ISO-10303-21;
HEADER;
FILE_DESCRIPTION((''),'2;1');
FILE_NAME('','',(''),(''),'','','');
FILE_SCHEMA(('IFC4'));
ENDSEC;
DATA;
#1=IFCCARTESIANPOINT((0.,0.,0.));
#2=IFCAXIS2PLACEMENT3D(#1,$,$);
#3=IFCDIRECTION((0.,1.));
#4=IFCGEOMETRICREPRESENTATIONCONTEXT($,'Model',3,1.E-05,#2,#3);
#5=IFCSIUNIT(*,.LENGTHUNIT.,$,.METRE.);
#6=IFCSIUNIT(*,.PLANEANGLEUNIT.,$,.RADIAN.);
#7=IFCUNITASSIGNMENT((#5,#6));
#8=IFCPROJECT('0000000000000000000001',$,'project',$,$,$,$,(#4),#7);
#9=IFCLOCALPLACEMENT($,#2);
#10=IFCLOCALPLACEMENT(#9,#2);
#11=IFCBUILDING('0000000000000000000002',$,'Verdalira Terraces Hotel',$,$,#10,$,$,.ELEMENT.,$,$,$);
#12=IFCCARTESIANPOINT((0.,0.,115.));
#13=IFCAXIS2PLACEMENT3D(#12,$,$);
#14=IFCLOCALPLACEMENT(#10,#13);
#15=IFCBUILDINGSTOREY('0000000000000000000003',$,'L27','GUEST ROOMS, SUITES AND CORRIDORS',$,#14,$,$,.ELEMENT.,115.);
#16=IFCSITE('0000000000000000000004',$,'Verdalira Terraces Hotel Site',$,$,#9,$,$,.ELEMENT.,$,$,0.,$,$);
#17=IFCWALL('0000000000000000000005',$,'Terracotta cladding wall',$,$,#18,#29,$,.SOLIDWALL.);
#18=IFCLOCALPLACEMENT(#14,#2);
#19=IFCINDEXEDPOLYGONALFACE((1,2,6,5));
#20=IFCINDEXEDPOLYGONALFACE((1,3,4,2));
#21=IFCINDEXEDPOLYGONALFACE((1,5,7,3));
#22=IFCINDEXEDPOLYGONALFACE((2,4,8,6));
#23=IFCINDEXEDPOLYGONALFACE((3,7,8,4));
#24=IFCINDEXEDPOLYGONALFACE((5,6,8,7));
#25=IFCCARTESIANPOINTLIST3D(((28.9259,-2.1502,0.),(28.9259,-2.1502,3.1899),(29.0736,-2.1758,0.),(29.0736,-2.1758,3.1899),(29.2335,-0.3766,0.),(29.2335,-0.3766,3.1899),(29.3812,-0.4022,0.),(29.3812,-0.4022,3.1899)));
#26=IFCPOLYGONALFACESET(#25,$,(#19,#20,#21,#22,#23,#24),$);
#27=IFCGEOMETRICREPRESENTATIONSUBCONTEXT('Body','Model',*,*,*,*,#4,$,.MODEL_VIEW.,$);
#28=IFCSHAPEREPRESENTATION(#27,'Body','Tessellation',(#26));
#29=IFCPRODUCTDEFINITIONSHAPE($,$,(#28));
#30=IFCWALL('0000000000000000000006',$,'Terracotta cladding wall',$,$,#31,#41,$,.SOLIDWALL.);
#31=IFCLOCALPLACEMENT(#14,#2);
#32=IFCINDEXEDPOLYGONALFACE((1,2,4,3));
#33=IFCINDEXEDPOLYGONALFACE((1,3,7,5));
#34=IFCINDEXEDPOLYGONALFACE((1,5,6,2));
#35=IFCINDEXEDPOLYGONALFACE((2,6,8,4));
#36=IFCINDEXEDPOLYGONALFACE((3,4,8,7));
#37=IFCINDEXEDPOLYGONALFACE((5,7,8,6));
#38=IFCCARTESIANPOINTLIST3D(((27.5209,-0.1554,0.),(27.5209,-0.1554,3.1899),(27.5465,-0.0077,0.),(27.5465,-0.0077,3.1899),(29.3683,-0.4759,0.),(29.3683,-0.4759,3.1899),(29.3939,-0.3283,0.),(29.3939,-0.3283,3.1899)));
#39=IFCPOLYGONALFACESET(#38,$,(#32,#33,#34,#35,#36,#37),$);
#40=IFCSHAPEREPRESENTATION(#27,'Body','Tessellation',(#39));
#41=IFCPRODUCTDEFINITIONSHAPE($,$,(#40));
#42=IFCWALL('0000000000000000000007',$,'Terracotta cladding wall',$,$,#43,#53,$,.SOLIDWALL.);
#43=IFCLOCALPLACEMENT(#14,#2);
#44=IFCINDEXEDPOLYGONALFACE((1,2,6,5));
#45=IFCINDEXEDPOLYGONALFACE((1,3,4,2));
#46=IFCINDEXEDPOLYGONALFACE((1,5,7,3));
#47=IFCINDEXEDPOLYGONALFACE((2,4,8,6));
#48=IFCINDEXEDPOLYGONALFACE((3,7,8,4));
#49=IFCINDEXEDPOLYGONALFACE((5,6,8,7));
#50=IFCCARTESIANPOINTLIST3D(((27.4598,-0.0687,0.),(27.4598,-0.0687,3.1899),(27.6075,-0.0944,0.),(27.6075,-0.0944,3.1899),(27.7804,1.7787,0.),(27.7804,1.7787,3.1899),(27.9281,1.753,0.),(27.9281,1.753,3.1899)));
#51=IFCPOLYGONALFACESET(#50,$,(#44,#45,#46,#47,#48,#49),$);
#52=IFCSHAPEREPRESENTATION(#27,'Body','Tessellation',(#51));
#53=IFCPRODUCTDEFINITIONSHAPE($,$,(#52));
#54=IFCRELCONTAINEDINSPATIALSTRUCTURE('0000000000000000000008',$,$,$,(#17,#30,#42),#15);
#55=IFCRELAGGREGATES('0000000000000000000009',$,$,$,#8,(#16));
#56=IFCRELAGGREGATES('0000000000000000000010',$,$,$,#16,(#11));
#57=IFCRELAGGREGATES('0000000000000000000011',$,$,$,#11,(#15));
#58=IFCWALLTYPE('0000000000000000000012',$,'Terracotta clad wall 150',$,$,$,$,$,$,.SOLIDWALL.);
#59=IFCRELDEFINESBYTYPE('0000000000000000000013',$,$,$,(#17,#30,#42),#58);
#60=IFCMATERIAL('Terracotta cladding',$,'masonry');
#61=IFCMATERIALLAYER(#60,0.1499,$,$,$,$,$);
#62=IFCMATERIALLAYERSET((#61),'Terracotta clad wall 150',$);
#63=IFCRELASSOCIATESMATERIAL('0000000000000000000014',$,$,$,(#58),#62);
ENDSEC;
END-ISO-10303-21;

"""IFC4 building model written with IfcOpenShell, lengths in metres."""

from ifc_helpers import new_model, si_unit, direction, frame, frame_2d, origin, place, context, subcontext, project, spatial, rectangle, extrude, material, layer, layer_set, type_object, element, save


model = new_model("IFC4")

# Units and contexts
model_context = context("Model", 3, precision=1e-05, world=origin(), true_north=direction((0.0, 1.0)))
body_context = subcontext(model_context, "Body", "Model", "MODEL_VIEW")
ifc_project = project(units=[si_unit("LENGTHUNIT", "METRE"), si_unit("PLANEANGLEUNIT", "RADIAN")], contexts=[model_context])

# Site, building, storey
site_placement = place(None, origin())
site = spatial("IfcSite", under=ifc_project, at=site_placement, Name="Verdalira Terraces Hotel Site", CompositionType="ELEMENT", RefElevation=0.0)
building_placement = place(site_placement, origin())
building = spatial("IfcBuilding", under=site, at=building_placement, Name="Verdalira Terraces Hotel", CompositionType="ELEMENT")
storey_placement = place(building_placement, frame((0.0, 0.0, 115.0)))
storey = spatial("IfcBuildingStorey", under=building, at=storey_placement, Name="L27", Description="GUEST ROOMS, SUITES AND CORRIDORS", CompositionType="ELEMENT", Elevation=115.0)

# Walls
ifc_material_1 = material(Name="Terracotta cladding", Category="masonry")
ifc_layer_1 = layer(ifc_material_1, 0.1499)
ifc_layer_set_1 = layer_set([ifc_layer_1], Name="Terracotta clad wall 150")
wall_type_1 = type_object("IfcWallType", Name="Terracotta clad wall 150", PredefinedType="SOLIDWALL", material=ifc_layer_set_1)
wall_1_placement = place(storey_placement, frame((28.9998, -2.1628, 0.0), z_axis=(0.0, 0.0, 1.0), x_axis=(0.170883, 0.985291, 0.0)))
element("IfcWall", 1, at=wall_1_placement, inside=storey, type_object=wall_type_1, Name="Terracotta cladding wall", PredefinedType="SOLIDWALL", context=body_context, shape_type="SweptSolid", body=[
    extrude(rectangle(XDim=1.8, YDim=0.1499, at=frame_2d((0.8999, 0.0))), origin(), (0.0, 0.0, 1.0), 3.1899),
])
for number, where, z_axis, x_axis, name in (
    (2, (29.3811, -0.4021, 0.0), (0.0, 0.0, 1.0), (-0.985278, 0.170962, 0.0), "Terracotta cladding wall"),
    (3, (27.5337, -0.0815, 0.0), (0.0, 0.0, 1.0), (0.170962, 0.985278, 0.0), "Terracotta cladding wall"),
):
    element("IfcWall", number, at=place(storey_placement, frame(where, z_axis=z_axis, x_axis=x_axis)), inside=storey, type_object=wall_type_1, Name=name, PredefinedType="SOLIDWALL", context=body_context, shape_type="SweptSolid", body=[
        extrude(rectangle(XDim=1.875, YDim=0.1499, at=frame_2d((0.9375, 0.0))), origin(), (0.0, 0.0, 1.0), 3.1899),
    ])

save(model, "model.ifc")
